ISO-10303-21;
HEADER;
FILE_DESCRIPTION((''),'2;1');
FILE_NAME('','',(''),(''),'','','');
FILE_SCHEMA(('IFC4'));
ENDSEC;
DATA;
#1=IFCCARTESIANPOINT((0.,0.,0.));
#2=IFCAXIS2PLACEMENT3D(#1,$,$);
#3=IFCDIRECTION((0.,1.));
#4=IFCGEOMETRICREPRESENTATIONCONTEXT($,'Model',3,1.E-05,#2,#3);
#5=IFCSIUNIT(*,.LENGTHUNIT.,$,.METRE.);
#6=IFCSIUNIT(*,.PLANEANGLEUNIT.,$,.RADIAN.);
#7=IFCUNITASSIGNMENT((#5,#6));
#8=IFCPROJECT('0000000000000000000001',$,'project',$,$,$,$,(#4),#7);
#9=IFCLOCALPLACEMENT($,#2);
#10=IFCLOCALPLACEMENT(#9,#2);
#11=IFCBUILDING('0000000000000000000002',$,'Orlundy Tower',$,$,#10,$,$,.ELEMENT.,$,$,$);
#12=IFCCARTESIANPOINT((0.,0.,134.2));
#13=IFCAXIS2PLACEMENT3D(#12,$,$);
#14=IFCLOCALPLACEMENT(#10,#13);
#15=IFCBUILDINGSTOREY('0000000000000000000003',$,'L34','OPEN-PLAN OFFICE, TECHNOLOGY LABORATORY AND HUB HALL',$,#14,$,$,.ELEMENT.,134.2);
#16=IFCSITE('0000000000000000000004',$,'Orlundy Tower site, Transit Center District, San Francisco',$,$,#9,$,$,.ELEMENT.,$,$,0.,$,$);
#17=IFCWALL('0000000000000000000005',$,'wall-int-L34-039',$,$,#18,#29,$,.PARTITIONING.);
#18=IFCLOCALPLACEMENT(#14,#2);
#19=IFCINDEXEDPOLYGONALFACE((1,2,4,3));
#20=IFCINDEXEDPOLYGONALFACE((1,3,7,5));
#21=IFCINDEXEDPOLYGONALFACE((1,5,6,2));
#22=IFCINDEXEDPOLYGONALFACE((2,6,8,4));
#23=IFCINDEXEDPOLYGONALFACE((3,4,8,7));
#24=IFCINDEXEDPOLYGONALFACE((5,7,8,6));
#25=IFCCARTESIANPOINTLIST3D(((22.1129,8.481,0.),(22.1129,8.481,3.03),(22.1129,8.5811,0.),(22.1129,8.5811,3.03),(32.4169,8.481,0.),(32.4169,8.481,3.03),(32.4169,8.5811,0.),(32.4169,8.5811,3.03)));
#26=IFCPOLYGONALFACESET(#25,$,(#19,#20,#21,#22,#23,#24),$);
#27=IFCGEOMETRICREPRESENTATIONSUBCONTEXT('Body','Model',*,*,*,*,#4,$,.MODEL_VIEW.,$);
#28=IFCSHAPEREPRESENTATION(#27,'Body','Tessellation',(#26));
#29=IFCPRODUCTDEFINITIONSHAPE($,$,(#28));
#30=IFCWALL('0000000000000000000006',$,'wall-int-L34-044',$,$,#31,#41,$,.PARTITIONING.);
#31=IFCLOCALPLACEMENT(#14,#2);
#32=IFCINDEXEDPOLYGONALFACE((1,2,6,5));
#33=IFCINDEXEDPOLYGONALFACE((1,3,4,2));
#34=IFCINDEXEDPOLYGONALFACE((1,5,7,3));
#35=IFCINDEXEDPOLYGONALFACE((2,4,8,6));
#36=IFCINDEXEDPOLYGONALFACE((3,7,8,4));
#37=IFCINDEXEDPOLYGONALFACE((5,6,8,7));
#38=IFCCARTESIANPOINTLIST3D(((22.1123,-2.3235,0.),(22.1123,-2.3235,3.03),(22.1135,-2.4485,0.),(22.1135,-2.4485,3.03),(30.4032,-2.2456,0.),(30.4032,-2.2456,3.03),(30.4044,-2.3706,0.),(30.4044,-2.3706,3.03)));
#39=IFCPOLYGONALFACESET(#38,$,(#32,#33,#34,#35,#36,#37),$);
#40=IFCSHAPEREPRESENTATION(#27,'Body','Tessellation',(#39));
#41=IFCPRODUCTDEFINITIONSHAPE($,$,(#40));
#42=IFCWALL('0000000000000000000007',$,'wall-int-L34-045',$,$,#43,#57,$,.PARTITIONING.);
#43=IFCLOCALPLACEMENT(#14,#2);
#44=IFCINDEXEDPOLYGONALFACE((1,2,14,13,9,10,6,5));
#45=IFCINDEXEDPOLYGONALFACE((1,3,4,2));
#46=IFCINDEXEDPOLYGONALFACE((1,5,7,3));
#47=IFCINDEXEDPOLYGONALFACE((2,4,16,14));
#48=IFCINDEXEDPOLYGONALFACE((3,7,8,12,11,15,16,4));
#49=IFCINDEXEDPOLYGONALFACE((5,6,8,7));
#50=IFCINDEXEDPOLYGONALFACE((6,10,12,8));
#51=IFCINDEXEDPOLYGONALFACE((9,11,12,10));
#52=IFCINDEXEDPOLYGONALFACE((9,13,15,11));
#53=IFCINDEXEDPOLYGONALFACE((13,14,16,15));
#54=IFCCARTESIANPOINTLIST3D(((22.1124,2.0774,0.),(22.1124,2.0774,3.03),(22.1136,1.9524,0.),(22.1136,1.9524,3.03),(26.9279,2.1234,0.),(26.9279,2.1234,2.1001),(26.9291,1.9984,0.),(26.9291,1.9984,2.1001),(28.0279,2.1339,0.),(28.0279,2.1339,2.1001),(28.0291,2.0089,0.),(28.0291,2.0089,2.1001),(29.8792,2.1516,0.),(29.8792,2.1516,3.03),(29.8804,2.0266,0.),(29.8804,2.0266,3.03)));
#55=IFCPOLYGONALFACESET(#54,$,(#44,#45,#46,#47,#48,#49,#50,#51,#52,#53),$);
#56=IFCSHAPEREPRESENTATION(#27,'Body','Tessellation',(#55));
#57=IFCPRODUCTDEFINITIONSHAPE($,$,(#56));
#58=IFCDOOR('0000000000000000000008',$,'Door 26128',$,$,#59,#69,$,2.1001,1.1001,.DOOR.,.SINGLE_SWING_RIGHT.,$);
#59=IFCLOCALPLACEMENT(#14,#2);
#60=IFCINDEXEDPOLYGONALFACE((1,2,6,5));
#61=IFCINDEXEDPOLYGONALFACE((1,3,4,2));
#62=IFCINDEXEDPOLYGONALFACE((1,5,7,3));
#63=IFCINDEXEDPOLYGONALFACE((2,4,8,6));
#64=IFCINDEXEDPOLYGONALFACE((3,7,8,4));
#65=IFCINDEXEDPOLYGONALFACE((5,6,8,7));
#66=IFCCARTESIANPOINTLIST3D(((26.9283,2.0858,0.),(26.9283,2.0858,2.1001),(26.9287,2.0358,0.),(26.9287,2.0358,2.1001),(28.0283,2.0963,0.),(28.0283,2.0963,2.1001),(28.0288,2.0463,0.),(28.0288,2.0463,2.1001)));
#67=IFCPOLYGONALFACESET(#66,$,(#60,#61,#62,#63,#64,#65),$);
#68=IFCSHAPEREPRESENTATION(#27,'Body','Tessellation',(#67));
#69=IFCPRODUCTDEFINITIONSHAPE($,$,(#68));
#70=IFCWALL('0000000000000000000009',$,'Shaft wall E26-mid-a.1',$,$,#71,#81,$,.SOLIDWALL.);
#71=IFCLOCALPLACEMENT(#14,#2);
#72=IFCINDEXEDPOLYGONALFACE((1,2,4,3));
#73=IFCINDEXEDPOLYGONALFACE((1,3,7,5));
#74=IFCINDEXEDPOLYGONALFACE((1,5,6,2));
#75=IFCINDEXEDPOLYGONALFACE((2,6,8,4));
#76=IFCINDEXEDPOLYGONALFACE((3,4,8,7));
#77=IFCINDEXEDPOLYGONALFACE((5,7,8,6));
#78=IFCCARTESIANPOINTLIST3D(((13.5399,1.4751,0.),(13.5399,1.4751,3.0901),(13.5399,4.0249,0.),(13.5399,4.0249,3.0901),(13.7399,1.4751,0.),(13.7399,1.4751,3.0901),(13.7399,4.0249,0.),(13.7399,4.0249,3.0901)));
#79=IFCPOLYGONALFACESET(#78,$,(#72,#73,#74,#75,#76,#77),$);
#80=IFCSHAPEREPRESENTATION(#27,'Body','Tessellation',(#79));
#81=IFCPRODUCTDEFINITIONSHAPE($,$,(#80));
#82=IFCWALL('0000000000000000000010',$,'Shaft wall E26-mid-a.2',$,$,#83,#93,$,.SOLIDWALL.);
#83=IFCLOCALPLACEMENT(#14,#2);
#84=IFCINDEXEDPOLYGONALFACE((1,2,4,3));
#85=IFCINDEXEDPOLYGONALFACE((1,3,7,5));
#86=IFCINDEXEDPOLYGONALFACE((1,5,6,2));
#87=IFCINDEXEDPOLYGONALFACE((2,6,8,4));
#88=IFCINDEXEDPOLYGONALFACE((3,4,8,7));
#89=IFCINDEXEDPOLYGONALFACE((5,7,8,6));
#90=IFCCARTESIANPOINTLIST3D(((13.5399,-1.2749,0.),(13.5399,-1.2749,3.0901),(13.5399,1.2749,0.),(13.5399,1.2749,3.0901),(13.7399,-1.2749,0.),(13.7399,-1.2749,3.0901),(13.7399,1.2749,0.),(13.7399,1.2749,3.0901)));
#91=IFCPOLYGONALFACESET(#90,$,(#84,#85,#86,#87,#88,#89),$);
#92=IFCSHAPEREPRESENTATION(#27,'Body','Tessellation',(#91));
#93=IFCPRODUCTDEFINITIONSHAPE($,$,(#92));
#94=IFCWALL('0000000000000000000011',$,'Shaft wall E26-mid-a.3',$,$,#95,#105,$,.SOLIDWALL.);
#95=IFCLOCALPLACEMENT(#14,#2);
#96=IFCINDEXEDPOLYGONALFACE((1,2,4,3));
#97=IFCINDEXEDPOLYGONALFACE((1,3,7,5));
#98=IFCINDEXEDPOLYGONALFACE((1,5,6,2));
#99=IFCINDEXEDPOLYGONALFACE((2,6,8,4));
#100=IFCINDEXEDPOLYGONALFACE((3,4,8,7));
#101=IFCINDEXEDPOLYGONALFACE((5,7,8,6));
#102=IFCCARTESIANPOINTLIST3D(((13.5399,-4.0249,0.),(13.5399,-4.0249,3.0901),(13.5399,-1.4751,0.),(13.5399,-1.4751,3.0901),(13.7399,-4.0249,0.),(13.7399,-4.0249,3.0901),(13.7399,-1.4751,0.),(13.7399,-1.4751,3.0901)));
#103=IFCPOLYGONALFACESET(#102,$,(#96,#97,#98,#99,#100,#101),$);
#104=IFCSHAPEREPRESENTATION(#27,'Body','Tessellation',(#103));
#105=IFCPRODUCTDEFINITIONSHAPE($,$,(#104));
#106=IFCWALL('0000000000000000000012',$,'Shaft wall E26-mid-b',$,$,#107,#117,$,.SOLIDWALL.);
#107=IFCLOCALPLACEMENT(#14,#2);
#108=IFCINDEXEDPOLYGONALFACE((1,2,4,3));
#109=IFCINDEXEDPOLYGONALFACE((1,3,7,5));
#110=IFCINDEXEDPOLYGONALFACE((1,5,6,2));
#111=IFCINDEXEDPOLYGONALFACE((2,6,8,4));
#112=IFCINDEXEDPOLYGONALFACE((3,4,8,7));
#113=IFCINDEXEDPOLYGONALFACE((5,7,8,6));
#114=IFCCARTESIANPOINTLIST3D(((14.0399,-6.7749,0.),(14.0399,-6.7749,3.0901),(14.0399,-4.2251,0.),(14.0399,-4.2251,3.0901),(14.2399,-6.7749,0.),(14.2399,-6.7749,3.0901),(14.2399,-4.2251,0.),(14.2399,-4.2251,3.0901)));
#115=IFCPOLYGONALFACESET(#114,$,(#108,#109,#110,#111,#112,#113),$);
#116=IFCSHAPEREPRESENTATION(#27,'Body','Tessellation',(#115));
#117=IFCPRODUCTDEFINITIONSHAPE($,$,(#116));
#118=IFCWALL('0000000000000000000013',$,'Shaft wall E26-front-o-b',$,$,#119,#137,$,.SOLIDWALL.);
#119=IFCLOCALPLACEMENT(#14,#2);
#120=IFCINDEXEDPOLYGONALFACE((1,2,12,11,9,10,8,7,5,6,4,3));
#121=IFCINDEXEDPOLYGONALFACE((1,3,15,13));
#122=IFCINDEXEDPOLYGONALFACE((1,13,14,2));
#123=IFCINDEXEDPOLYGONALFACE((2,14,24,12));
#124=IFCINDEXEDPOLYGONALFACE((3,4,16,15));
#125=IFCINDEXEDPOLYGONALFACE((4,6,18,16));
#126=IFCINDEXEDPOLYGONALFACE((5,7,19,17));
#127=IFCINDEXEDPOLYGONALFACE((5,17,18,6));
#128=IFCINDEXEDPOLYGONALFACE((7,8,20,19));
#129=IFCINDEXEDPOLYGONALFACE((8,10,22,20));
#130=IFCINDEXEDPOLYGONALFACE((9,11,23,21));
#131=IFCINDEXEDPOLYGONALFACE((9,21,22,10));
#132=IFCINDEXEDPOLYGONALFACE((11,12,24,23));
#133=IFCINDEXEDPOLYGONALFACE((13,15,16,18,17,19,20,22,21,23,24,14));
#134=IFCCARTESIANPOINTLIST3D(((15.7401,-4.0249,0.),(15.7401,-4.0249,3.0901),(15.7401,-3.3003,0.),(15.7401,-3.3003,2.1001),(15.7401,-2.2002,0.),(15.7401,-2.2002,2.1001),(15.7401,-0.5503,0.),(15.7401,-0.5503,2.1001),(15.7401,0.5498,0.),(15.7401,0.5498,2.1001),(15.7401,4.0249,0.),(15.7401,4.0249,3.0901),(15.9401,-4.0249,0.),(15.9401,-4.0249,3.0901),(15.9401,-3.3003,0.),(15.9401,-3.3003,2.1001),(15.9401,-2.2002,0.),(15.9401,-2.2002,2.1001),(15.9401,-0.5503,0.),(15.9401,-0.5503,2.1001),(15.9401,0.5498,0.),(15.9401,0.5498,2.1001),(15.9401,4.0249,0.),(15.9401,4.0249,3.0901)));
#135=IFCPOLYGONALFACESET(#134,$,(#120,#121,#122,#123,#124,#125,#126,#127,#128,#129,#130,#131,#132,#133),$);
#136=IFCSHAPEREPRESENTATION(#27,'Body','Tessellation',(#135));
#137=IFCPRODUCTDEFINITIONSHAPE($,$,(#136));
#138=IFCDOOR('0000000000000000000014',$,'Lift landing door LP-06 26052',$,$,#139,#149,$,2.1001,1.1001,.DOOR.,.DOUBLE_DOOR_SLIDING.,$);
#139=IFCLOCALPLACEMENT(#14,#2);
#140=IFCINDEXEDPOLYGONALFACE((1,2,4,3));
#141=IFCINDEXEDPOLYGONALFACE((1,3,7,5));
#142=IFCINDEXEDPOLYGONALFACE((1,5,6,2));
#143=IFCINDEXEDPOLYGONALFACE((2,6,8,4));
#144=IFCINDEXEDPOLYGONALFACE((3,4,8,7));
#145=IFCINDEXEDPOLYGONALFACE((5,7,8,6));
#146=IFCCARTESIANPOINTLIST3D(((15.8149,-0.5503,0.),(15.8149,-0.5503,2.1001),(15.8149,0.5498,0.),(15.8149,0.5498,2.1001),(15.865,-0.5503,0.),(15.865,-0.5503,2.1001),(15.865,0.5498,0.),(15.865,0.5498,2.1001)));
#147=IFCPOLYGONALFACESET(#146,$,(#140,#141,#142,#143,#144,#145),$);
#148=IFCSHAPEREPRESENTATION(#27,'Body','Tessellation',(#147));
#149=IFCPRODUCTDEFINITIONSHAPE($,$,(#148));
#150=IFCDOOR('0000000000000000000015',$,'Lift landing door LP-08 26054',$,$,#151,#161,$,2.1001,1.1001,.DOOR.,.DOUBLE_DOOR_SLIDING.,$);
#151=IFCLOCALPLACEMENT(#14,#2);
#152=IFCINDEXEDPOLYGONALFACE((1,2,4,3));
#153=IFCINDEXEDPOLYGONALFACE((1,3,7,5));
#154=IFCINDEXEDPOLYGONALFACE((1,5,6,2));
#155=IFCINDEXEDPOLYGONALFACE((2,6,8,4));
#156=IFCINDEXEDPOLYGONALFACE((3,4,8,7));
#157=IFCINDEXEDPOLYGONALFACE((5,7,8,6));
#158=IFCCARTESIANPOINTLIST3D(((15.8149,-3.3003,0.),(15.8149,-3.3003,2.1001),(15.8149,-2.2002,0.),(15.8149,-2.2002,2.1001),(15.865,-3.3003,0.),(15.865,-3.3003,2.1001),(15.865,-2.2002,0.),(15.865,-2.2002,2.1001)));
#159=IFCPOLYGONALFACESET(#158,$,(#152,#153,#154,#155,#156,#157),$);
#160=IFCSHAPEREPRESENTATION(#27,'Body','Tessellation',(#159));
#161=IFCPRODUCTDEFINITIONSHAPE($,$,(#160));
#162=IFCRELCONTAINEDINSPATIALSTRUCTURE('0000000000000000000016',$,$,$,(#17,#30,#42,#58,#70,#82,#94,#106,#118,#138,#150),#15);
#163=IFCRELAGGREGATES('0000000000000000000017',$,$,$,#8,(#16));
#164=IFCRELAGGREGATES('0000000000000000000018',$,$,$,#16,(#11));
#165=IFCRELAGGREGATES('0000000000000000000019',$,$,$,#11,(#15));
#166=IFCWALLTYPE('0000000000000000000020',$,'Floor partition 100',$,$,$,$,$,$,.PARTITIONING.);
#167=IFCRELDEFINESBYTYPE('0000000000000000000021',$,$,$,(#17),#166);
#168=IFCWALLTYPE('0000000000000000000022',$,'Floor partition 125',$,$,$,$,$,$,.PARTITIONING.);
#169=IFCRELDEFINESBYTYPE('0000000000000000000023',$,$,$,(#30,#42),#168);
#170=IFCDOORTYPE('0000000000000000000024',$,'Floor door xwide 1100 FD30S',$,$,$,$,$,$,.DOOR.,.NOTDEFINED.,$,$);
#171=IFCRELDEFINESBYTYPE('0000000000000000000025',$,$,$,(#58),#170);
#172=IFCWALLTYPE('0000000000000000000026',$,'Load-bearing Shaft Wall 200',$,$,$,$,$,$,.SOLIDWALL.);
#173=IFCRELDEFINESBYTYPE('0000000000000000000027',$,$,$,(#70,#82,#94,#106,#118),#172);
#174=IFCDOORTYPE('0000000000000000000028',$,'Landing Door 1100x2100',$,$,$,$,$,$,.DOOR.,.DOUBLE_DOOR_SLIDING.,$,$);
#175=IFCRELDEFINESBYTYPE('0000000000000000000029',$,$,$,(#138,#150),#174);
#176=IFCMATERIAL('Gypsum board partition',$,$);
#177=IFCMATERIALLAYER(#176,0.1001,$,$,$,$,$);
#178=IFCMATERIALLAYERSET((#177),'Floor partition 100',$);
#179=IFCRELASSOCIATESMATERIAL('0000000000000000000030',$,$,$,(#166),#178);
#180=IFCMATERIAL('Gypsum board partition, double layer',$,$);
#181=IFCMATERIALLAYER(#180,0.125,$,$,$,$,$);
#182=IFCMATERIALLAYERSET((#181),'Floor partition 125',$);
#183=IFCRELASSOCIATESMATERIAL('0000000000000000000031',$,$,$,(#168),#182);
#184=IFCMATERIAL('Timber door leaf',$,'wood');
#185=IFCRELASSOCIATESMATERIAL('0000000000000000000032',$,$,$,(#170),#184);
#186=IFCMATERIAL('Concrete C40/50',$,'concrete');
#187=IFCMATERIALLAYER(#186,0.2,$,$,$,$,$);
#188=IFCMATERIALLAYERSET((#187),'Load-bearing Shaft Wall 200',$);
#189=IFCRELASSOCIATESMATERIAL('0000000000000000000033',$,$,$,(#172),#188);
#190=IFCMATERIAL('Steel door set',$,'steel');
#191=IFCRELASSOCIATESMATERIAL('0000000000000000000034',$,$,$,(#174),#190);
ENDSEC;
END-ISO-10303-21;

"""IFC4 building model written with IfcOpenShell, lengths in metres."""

from ifc_helpers import new_model, si_unit, direction, frame, frame_2d, origin, place, context, subcontext, project, spatial, rectangle, extrude, material, layer, layer_set, type_object, element, fill, save


model = new_model("IFC4")

# Units and contexts
model_context = context("Model", 3, precision=1e-05, world=origin(), true_north=direction((0.0, 1.0)))
body_context = subcontext(model_context, "Body", "Model", "MODEL_VIEW")
ifc_project = project(units=[si_unit("LENGTHUNIT", "METRE"), si_unit("PLANEANGLEUNIT", "RADIAN")], contexts=[model_context])

# Site, building, storey
site_placement = place(None, origin())
site = spatial("IfcSite", under=ifc_project, at=site_placement, Name="Orlundy Tower site, Transit Center District, San Francisco", CompositionType="ELEMENT", RefElevation=0.0)
building_placement = place(site_placement, origin())
building = spatial("IfcBuilding", under=site, at=building_placement, Name="Orlundy Tower", CompositionType="ELEMENT")
storey_placement = place(building_placement, frame((0.0, 0.0, 134.2)))
storey = spatial("IfcBuildingStorey", under=building, at=storey_placement, Name="L34", Description="OPEN-PLAN OFFICE, TECHNOLOGY LABORATORY AND HUB HALL", CompositionType="ELEMENT", Elevation=134.2)

# Walls
ifc_material_1 = material(Name="Gypsum board partition")
ifc_layer_1 = layer(ifc_material_1, 0.1001)
ifc_layer_set_1 = layer_set([ifc_layer_1], Name="Floor partition 100")
wall_type_1 = type_object("IfcWallType", Name="Floor partition 100", PredefinedType="PARTITIONING", material=ifc_layer_set_1)
wall_1_placement = place(storey_placement, frame((22.113, 8.531, 0.0), z_axis=(0.0, 0.0, 1.0), x_axis=(1.0, 0.0, 0.0)))
element("IfcWall", 1, at=wall_1_placement, inside=storey, type_object=wall_type_1, Name="wall-int-L34-039", PredefinedType="PARTITIONING", context=body_context, shape_type="SweptSolid", body=[
    extrude(rectangle(XDim=10.304, YDim=0.1001, at=frame_2d((5.1519, 0.0))), origin(), (0.0, 0.0, 1.0), 3.03),
])
ifc_material_2 = material(Name="Gypsum board partition, double layer")
ifc_layer_2 = layer(ifc_material_2, 0.125)
ifc_layer_set_2 = layer_set([ifc_layer_2], Name="Floor partition 125")
wall_type_2 = type_object("IfcWallType", Name="Floor partition 125", PredefinedType="PARTITIONING", material=ifc_layer_set_2)
wall_2_placement = place(storey_placement, frame((22.113, -2.386, 0.0), z_axis=(0.0, 0.0, 1.0), x_axis=(0.999956, 0.009393, 0.0)))
element("IfcWall", 2, at=wall_2_placement, inside=storey, type_object=wall_type_2, Name="wall-int-L34-044", PredefinedType="PARTITIONING", context=body_context, shape_type="SweptSolid", body=[
    extrude(rectangle(XDim=8.2913, YDim=0.125, at=frame_2d((4.1455, 0.0))), origin(), (0.0, 0.0, 1.0), 3.03),
])

# Wall, opening, door
wall_3_placement = place(storey_placement, frame((22.113, 2.0149, 0.0), z_axis=(0.0, 0.0, 1.0), x_axis=(0.999954, 0.009555, 0.0)))
wall_3 = element("IfcWall", 3, at=wall_3_placement, inside=storey, type_object=wall_type_2, Name="wall-int-L34-045", PredefinedType="PARTITIONING", context=body_context, shape_type="SweptSolid", body=[
    extrude(rectangle(XDim=7.7671, YDim=0.125, at=frame_2d((3.8835, 0.0))), origin(), (0.0, 0.0, 1.0), 3.03),
])
opening_1_placement = place(wall_3_placement, frame((4.8157, 0.0, 0.0)))
opening_1 = element("IfcOpeningElement", 4, at=opening_1_placement, cuts=wall_3, PredefinedType="OPENING", context=body_context, shape_type="SweptSolid", body=[
    extrude(rectangle(XDim=1.1001, YDim=2.1001, at=frame_2d((0.55, 1.05))), frame((0.0, 0.0725, 0.0), z_axis=(0.0, -1.0, 0.0), x_axis=(1.0, 0.0, 0.0)), (0.0, 0.0, 1.0), 0.145),
])
ifc_material_3 = material(Name="Timber door leaf", Category="wood")
door_type_1 = type_object("IfcDoorType", Name="Floor door xwide 1100 FD30S", OperationType="NOTDEFINED", PredefinedType="DOOR", material=ifc_material_3)
door_1_placement = place(opening_1_placement, origin())
door_1 = element("IfcDoor", 5, at=door_1_placement, inside=storey, type_object=door_type_1, Name="Door 26128", OperationType="SINGLE_SWING_RIGHT", OverallHeight=2.1001, OverallWidth=1.1001, PredefinedType="DOOR", context=body_context, shape_type="SweptSolid", body=[
    extrude(rectangle(XDim=1.1001, YDim=2.1001, at=frame_2d((0.55, 1.05))), frame((0.0, 0.0249, 0.0), z_axis=(0.0, -1.0, 0.0), x_axis=(1.0, 0.0, 0.0)), (0.0, 0.0, 1.0), 0.05),
])
fill(opening_1, door_1)

# Walls
ifc_material_4 = material(Name="Concrete C40/50", Category="concrete")
ifc_layer_3 = layer(ifc_material_4, 0.2)
ifc_layer_set_3 = layer_set([ifc_layer_3], Name="Load-bearing Shaft Wall 200")
wall_type_3 = type_object("IfcWallType", Name="Load-bearing Shaft Wall 200", PredefinedType="SOLIDWALL", material=ifc_layer_set_3)
for number, where, z_axis, x_axis, name in (
    (6, (13.6399, 4.0249, 0.0), (0.0, 0.0, 1.0), (0.0, -1.0, 0.0), "Shaft wall E26-mid-a.1"),
    (7, (13.6399, 1.2749, 0.0), (0.0, 0.0, 1.0), (0.0, -1.0, 0.0), "Shaft wall E26-mid-a.2"),
    (8, (13.6399, -1.4751, 0.0), (0.0, 0.0, 1.0), (0.0, -1.0, 0.0), "Shaft wall E26-mid-a.3"),
    (9, (14.1399, -4.2251, 0.0), (0.0, 0.0, 1.0), (0.0, -1.0, 0.0), "Shaft wall E26-mid-b"),
):
    element("IfcWall", number, at=place(storey_placement, frame(where, z_axis=z_axis, x_axis=x_axis)), inside=storey, type_object=wall_type_3, Name=name, PredefinedType="SOLIDWALL", context=body_context, shape_type="SweptSolid", body=[
        extrude(rectangle(XDim=2.5498, YDim=0.2, at=frame_2d((1.2749, 0.0))), origin(), (0.0, 0.0, 1.0), 3.0901),
    ])

# Wall, openings, doors
wall_4_placement = place(storey_placement, frame((15.8401, 4.0249, 0.0), z_axis=(0.0, 0.0, 1.0), x_axis=(0.0, -1.0, 0.0)))
wall_4 = element("IfcWall", 10, at=wall_4_placement, inside=storey, type_object=wall_type_3, Name="Shaft wall E26-front-o-b", PredefinedType="SOLIDWALL", context=body_context, shape_type="SweptSolid", body=[
    extrude(rectangle(XDim=8.0498, YDim=0.2, at=frame_2d((4.0249, 0.0))), origin(), (0.0, 0.0, 1.0), 3.0901),
])
opening_2_placement = place(wall_4_placement, frame((3.4751, 0.0, 0.0)))
opening_2 = element("IfcOpeningElement", 11, at=opening_2_placement, cuts=wall_4, PredefinedType="OPENING", context=body_context, shape_type="SweptSolid", body=[
    extrude(rectangle(XDim=1.1001, YDim=2.1001, at=frame_2d((0.55, 1.05))), frame((0.0, 0.1101, 0.0), z_axis=(0.0, -1.0, 0.0), x_axis=(1.0, 0.0, 0.0)), (0.0, 0.0, 1.0), 0.2202),
])
opening_3_placement = place(wall_4_placement, frame((6.2251, 0.0, 0.0)))
opening_3 = element("IfcOpeningElement", 12, at=opening_3_placement, cuts=wall_4, PredefinedType="OPENING", context=body_context, shape_type="SweptSolid", body=[
    extrude(rectangle(XDim=1.1001, YDim=2.1001, at=frame_2d((0.55, 1.05))), frame((0.0, 0.1101, 0.0), z_axis=(0.0, -1.0, 0.0), x_axis=(1.0, 0.0, 0.0)), (0.0, 0.0, 1.0), 0.2202),
])
ifc_material_5 = material(Name="Steel door set", Category="steel")
door_type_2 = type_object("IfcDoorType", Name="Landing Door 1100x2100", OperationType="DOUBLE_DOOR_SLIDING", PredefinedType="DOOR", material=ifc_material_5)
door_2_placement = place(opening_2_placement, origin())
door_2 = element("IfcDoor", 13, at=door_2_placement, inside=storey, type_object=door_type_2, Name="Lift landing door LP-06 26052", OperationType="DOUBLE_DOOR_SLIDING", OverallHeight=2.1001, OverallWidth=1.1001, PredefinedType="DOOR", context=body_context, shape_type="SweptSolid", body=[
    extrude(rectangle(XDim=1.1001, YDim=2.1001, at=frame_2d((0.55, 1.05))), frame((0.0, 0.0249, 0.0), z_axis=(0.0, -1.0, 0.0), x_axis=(1.0, 0.0, 0.0)), (0.0, 0.0, 1.0), 0.05),
])
fill(opening_2, door_2)
door_3_placement = place(opening_3_placement, origin())
door_3 = element("IfcDoor", 14, at=door_3_placement, inside=storey, type_object=door_type_2, Name="Lift landing door LP-08 26054", OperationType="DOUBLE_DOOR_SLIDING", OverallHeight=2.1001, OverallWidth=1.1001, PredefinedType="DOOR", context=body_context, shape_type="SweptSolid", body=[
    extrude(rectangle(XDim=1.1001, YDim=2.1001, at=frame_2d((0.55, 1.05))), frame((0.0, 0.0249, 0.0), z_axis=(0.0, -1.0, 0.0), x_axis=(1.0, 0.0, 0.0)), (0.0, 0.0, 1.0), 0.05),
])
fill(opening_3, door_3)

save(model, "model.ifc")
